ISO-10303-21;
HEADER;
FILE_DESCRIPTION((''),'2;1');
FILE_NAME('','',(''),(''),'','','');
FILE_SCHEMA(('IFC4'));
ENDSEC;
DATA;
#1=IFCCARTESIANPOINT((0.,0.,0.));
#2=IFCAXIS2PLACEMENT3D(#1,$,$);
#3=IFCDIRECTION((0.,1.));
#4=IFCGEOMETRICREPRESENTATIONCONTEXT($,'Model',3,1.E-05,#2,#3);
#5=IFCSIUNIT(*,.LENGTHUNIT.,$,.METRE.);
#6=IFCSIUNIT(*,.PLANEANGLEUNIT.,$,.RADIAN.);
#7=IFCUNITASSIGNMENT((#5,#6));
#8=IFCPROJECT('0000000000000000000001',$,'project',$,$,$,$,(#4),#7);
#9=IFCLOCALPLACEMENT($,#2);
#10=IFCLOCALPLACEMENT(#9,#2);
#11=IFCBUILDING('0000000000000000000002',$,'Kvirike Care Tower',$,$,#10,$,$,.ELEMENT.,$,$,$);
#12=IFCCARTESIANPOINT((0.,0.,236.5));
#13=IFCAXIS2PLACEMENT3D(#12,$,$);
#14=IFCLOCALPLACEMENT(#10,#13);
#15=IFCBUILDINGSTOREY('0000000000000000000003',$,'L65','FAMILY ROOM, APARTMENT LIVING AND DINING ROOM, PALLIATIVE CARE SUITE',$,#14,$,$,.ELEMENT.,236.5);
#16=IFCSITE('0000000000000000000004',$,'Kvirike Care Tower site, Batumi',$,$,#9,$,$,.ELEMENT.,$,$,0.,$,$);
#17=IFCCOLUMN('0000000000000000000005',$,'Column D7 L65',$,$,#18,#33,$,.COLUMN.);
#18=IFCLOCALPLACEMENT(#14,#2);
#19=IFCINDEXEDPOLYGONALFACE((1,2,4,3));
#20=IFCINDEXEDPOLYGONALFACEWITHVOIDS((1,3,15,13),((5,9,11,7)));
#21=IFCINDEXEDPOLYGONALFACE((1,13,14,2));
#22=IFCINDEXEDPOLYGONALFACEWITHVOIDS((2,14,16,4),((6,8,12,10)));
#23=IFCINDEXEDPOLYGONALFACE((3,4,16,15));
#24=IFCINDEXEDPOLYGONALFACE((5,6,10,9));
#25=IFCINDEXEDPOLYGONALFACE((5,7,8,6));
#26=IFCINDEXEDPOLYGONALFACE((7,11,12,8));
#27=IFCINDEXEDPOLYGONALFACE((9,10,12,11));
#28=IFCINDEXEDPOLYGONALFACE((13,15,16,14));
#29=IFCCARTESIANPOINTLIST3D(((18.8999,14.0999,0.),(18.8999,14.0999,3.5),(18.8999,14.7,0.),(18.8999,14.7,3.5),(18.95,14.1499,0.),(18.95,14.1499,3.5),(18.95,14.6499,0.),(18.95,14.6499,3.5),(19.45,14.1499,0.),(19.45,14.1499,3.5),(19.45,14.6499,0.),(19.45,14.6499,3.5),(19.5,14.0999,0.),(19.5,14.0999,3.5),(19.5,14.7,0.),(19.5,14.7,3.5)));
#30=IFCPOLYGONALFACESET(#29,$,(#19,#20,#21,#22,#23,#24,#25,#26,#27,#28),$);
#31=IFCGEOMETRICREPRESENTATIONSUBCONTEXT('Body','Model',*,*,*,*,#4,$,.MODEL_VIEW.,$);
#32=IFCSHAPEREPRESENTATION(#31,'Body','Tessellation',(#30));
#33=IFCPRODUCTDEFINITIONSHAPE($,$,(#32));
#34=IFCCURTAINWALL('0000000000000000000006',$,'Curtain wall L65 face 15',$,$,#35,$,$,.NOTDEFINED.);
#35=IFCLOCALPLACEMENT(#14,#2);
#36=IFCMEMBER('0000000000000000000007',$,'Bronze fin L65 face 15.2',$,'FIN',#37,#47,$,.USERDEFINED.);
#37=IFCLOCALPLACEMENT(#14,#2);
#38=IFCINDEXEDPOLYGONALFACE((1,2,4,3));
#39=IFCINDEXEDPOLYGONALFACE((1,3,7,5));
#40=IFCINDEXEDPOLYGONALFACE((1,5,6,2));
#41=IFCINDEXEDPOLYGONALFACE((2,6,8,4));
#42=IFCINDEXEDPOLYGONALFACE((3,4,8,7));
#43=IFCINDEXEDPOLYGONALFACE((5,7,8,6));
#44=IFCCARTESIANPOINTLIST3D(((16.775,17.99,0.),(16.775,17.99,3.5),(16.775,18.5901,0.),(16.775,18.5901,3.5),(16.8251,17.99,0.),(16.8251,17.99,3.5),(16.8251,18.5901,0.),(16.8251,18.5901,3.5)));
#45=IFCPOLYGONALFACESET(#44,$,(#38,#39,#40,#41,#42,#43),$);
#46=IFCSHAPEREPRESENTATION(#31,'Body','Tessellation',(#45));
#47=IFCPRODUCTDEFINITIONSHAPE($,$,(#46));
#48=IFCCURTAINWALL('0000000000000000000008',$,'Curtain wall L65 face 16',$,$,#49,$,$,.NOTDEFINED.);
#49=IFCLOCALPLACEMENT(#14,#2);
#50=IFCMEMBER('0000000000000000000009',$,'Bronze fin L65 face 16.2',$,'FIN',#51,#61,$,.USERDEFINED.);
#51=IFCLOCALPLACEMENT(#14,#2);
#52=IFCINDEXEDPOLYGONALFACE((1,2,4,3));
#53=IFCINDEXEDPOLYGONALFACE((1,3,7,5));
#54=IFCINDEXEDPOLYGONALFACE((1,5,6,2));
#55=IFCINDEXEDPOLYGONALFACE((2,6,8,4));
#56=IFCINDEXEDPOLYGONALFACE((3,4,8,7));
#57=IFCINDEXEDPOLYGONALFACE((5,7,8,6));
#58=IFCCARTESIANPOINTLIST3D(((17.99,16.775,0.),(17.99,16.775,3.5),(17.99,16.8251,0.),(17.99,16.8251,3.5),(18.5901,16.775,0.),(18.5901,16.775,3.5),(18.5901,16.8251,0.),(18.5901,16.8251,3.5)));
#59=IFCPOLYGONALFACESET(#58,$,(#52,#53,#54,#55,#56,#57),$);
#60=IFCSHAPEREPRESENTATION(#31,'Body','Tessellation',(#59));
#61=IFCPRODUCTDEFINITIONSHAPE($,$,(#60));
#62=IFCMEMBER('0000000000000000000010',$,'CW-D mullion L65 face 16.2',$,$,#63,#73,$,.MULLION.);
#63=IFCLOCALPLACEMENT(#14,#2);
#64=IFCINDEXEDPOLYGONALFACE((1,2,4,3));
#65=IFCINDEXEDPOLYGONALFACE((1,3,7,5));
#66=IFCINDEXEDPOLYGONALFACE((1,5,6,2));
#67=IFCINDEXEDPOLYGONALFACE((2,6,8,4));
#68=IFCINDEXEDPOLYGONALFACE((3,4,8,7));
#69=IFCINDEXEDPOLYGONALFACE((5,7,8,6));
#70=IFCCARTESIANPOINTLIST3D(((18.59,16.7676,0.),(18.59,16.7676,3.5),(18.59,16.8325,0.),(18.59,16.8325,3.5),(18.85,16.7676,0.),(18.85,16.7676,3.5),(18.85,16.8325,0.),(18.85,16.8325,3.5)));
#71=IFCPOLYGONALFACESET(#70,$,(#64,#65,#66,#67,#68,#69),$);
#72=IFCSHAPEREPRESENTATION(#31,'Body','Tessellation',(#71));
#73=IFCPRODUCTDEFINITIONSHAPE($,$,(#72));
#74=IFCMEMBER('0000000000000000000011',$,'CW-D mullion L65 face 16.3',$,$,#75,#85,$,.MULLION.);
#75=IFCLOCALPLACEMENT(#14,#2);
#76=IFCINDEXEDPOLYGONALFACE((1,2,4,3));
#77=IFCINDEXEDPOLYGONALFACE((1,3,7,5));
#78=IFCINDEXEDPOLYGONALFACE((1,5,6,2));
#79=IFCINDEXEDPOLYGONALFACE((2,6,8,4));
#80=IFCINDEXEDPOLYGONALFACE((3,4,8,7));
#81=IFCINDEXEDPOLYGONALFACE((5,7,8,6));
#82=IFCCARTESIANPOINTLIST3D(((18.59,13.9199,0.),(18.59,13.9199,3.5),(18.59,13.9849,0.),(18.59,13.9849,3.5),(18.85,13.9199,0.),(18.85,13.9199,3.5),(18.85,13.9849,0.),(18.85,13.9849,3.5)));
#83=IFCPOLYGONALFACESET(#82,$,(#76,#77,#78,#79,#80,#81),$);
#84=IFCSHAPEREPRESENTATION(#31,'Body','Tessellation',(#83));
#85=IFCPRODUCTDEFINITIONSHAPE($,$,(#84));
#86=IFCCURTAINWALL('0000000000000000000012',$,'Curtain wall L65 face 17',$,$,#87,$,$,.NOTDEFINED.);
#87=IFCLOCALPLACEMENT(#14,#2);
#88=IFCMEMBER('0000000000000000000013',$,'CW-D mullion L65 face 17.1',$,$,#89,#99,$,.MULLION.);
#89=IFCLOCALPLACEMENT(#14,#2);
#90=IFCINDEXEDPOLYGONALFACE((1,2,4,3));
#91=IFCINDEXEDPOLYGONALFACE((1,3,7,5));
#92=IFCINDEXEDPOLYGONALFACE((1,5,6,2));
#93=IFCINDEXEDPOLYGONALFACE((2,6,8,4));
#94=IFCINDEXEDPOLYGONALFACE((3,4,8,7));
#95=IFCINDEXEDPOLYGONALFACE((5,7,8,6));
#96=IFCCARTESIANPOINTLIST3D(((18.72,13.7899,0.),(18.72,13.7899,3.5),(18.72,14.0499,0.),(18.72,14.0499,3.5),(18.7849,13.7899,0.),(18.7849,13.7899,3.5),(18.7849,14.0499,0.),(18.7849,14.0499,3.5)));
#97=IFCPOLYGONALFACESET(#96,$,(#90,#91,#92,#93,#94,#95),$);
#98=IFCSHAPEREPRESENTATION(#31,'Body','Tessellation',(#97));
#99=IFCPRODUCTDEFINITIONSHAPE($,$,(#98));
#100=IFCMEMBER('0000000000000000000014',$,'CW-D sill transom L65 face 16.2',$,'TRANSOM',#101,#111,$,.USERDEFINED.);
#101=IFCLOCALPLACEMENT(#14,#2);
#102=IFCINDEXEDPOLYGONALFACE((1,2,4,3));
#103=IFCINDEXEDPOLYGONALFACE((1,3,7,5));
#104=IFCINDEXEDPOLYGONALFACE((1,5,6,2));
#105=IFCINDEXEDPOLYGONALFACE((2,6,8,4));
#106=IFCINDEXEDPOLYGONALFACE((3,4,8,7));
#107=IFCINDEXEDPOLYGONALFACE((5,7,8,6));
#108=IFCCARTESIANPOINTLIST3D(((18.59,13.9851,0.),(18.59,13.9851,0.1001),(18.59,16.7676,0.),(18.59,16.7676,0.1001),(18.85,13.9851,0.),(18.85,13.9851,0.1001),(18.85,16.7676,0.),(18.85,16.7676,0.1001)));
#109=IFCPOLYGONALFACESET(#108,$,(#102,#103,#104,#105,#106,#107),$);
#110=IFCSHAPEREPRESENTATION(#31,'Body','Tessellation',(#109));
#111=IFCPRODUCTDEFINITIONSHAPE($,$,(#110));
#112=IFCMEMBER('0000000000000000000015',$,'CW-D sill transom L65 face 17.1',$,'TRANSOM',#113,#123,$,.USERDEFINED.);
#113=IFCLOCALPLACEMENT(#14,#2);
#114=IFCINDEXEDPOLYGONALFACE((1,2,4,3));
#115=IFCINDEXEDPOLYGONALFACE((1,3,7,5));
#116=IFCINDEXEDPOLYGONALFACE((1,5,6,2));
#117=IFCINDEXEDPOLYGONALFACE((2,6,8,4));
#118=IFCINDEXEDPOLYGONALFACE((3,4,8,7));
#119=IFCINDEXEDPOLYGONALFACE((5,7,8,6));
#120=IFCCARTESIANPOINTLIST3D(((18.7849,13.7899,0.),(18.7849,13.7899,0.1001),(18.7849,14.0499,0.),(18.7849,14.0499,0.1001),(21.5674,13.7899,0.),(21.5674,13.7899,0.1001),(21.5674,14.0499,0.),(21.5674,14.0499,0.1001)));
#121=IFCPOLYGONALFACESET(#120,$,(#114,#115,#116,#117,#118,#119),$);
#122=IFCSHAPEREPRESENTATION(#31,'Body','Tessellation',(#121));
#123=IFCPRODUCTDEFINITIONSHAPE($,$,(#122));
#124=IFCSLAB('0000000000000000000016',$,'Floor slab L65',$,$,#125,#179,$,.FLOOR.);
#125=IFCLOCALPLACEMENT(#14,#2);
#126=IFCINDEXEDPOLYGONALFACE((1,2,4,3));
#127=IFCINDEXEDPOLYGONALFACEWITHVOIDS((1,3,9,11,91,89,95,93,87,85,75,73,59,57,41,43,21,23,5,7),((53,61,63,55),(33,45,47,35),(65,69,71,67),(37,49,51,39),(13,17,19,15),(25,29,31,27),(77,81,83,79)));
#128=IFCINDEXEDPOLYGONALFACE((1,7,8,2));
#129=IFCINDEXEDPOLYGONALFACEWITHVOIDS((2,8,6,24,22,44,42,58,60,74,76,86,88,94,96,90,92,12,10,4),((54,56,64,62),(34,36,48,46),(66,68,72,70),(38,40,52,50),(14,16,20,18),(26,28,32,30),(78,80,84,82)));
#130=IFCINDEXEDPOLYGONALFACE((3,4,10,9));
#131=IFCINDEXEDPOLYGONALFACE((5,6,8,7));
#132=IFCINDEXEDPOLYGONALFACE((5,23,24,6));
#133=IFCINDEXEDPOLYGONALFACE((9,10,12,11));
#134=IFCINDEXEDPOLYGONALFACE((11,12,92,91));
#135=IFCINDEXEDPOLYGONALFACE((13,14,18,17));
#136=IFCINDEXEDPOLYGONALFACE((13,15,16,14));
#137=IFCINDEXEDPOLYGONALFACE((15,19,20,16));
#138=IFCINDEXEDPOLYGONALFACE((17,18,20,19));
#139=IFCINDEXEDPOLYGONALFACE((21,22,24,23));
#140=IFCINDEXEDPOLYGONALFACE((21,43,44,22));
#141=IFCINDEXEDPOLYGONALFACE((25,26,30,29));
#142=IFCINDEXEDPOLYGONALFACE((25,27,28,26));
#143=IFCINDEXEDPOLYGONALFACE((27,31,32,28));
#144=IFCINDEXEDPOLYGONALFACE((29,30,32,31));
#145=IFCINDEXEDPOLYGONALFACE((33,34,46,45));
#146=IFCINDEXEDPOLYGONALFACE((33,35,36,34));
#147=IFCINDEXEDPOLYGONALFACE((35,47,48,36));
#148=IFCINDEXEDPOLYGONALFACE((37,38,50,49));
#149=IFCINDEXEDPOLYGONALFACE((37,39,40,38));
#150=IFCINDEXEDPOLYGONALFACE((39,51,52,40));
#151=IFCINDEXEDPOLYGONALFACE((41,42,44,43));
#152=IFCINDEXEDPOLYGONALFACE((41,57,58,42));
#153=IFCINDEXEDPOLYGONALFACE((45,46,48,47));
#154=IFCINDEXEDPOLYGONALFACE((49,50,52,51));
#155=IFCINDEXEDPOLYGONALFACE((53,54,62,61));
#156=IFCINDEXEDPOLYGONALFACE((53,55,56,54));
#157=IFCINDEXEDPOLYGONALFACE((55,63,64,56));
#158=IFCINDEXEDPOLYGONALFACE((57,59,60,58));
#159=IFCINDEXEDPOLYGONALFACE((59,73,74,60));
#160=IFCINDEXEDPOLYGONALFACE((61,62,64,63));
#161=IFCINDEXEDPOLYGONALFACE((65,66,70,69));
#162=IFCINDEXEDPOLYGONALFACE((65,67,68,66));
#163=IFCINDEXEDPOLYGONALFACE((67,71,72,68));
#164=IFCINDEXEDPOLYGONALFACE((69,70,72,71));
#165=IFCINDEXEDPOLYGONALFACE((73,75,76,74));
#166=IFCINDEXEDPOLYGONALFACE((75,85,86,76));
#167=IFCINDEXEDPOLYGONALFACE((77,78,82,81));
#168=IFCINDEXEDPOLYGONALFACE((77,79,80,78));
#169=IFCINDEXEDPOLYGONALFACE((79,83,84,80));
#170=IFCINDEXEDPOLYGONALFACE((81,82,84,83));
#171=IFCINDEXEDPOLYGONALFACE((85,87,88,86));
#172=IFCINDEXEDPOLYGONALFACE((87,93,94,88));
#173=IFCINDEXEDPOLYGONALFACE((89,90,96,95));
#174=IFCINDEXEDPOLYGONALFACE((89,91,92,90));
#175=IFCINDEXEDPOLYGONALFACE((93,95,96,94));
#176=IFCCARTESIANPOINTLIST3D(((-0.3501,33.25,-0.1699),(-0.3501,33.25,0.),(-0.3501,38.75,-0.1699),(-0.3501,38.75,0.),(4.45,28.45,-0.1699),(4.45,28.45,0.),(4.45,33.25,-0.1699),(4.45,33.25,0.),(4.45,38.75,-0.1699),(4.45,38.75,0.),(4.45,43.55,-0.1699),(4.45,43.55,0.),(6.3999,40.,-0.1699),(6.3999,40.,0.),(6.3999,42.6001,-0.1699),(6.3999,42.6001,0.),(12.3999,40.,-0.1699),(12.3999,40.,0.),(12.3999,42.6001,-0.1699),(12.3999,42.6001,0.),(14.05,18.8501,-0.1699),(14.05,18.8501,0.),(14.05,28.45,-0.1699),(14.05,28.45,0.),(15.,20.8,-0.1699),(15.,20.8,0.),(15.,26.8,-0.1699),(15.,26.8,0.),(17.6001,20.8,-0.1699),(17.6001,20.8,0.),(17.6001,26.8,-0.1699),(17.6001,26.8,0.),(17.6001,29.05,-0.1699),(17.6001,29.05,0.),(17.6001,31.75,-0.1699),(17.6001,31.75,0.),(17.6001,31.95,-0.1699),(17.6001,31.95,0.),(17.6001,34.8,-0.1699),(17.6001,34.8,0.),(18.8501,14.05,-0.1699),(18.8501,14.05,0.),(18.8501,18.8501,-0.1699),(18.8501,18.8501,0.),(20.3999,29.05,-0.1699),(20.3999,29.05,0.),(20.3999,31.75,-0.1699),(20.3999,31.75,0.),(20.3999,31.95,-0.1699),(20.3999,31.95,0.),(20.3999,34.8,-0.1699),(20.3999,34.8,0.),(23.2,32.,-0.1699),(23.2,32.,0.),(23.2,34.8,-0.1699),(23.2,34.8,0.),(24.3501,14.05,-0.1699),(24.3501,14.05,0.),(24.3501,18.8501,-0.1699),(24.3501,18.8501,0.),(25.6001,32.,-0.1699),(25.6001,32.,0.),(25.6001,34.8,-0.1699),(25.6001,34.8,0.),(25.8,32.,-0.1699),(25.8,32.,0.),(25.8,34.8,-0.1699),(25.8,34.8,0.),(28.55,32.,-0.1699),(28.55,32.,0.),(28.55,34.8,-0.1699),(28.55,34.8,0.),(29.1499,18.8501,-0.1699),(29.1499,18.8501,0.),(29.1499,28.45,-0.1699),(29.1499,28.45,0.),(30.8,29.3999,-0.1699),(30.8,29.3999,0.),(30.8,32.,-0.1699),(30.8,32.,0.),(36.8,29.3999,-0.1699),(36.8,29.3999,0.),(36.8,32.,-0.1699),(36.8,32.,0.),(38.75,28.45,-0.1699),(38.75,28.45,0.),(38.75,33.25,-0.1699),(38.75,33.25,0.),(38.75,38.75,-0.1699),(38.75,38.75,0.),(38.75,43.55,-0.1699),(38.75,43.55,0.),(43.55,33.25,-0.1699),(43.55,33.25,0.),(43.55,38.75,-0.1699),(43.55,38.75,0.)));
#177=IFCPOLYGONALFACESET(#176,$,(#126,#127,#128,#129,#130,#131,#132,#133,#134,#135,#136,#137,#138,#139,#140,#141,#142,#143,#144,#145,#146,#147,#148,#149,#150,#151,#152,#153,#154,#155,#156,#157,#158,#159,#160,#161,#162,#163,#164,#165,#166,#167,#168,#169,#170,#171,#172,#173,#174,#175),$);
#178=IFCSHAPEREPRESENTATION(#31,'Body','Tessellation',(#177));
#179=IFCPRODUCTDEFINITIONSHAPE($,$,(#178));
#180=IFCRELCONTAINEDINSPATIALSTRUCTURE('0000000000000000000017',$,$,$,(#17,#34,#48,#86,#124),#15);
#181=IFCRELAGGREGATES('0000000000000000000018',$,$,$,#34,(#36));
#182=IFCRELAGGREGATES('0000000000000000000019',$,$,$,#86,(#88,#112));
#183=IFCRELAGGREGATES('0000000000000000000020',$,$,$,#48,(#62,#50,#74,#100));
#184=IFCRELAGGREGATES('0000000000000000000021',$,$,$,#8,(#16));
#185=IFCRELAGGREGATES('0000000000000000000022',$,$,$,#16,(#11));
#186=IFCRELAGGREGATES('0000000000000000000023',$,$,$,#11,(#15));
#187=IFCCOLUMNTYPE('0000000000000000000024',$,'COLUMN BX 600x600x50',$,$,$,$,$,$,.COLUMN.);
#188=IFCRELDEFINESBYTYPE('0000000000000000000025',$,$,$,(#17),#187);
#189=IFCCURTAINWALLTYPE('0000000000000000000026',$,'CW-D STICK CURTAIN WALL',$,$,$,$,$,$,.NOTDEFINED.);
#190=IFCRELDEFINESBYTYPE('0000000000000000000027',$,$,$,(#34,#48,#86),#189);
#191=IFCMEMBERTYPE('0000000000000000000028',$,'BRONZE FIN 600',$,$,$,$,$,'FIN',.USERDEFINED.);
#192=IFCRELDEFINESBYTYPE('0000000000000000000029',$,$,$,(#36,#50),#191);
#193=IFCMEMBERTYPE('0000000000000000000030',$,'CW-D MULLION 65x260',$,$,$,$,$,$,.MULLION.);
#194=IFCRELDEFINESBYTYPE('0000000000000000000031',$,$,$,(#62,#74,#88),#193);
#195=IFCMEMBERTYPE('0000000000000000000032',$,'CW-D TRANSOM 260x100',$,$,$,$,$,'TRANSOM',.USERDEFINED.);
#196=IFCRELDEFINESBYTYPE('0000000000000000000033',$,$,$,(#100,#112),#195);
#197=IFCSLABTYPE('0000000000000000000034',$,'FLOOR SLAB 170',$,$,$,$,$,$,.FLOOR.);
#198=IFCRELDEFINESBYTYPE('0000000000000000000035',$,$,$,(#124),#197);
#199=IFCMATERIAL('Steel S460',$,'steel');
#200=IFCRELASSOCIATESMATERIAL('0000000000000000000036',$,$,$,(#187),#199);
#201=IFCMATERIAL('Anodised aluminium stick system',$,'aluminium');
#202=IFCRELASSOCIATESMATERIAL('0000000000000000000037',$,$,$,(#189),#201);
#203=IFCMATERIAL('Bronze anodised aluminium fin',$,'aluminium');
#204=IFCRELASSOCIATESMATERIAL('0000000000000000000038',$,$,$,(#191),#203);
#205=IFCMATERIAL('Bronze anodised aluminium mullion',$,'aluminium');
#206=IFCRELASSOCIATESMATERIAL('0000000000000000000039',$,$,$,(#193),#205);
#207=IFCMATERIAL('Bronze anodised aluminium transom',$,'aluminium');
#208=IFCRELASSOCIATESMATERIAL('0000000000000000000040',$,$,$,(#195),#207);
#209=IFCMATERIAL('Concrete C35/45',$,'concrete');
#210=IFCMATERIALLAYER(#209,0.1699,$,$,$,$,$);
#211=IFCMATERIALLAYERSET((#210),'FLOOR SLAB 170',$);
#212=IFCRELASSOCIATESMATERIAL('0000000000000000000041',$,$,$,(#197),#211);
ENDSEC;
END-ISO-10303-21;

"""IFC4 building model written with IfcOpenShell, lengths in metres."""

from ifc_helpers import new_model, si_unit, direction, frame, origin, origin_2d, place, context, subcontext, project, spatial, polyline, rectangle, hollow_rectangle, outline, extrude, material, layer, layer_set, material_profile, profile_set, type_object, element, aggregate, save


model = new_model("IFC4")

# Units and contexts
model_context = context("Model", 3, precision=1e-05, world=origin(), true_north=direction((0.0, 1.0)))
body_context = subcontext(model_context, "Body", "Model", "MODEL_VIEW")
ifc_project = project(units=[si_unit("LENGTHUNIT", "METRE"), si_unit("PLANEANGLEUNIT", "RADIAN")], contexts=[model_context])

# Site, building, storey
site_placement = place(None, origin())
site = spatial("IfcSite", under=ifc_project, at=site_placement, Name="Kvirike Care Tower site, Batumi", CompositionType="ELEMENT", RefElevation=0.0)
building_placement = place(site_placement, origin())
building = spatial("IfcBuilding", under=site, at=building_placement, Name="Kvirike Care Tower", CompositionType="ELEMENT")
storey_placement = place(building_placement, frame((0.0, 0.0, 236.5)))
storey = spatial("IfcBuildingStorey", under=building, at=storey_placement, Name="L65", Description="FAMILY ROOM, APARTMENT LIVING AND DINING ROOM, PALLIATIVE CARE SUITE", CompositionType="ELEMENT", Elevation=236.5)

# Column
ifc_material_1 = material(Name="Steel S460", Category="steel")
ifc_material_profile_1 = material_profile(ifc_material_1, hollow_rectangle(XDim=0.6001, YDim=0.6001, WallThickness=0.05, at=origin_2d()), Name="BX 600x600x50")
ifc_profile_set_1 = profile_set([ifc_material_profile_1], Name="Steel S460")
column_type = type_object("IfcColumnType", Name="COLUMN BX 600x600x50", PredefinedType="COLUMN", material=ifc_profile_set_1)
column_placement = place(storey_placement, frame((19.2, 14.3999, 0.0), z_axis=(0.0, 0.0, 1.0), x_axis=(0.0, 1.0, 0.0)))
element("IfcColumn", 1, at=column_placement, inside=storey, type_object=column_type, Name="Column D7 L65", PredefinedType="COLUMN", context=body_context, shape_type="SweptSolid", body=[
    extrude(hollow_rectangle(XDim=0.6001, YDim=0.6001, WallThickness=0.05, at=origin_2d()), origin(), (0.0, 0.0, 1.0), 3.5),
])

# Curtain wall, member
ifc_material_2 = material(Name="Anodised aluminium stick system", Category="aluminium")
curtain_wall_type = type_object("IfcCurtainWallType", Name="CW-D STICK CURTAIN WALL", PredefinedType="NOTDEFINED", material=ifc_material_2)
curtain_wall_1_placement = place(storey_placement, origin())
curtain_wall_1 = element("IfcCurtainWall", 2, at=curtain_wall_1_placement, inside=storey, type_object=curtain_wall_type, Name="Curtain wall L65 face 15", PredefinedType="NOTDEFINED")
ifc_material_3 = material(Name="Bronze anodised aluminium fin", Category="aluminium")
ifc_material_profile_2 = material_profile(ifc_material_3, rectangle(XDim=0.05, YDim=0.6001, at=origin_2d()), Name="BRONZE FIN 600")
ifc_profile_set_2 = profile_set([ifc_material_profile_2], Name="Bronze anodised aluminium fin")
member_type_1 = type_object("IfcMemberType", Name="BRONZE FIN 600", ElementType="FIN", PredefinedType="USERDEFINED", material=ifc_profile_set_2)
member_1_placement = place(storey_placement, frame((16.8, 18.29, 0.0), z_axis=(0.0, 0.0, 1.0), x_axis=(1.0, 0.0, 0.0)))
member_1 = element("IfcMember", 3, at=member_1_placement, type_object=member_type_1, Name="Bronze fin L65 face 15.2", ObjectType="FIN", PredefinedType="USERDEFINED", context=body_context, shape_type="SweptSolid", body=[
    extrude(rectangle(XDim=0.05, YDim=0.6001, at=origin_2d()), origin(), (0.0, 0.0, 1.0), 3.5),
])
aggregate(curtain_wall_1, [member_1])

# Curtain wall, members
curtain_wall_2_placement = place(storey_placement, origin())
curtain_wall_2 = element("IfcCurtainWall", 4, at=curtain_wall_2_placement, inside=storey, type_object=curtain_wall_type, Name="Curtain wall L65 face 16", PredefinedType="NOTDEFINED")
member_2_placement = place(storey_placement, frame((18.29, 16.8, 0.0), z_axis=(0.0, 0.0, 1.0), x_axis=(0.0, -1.0, 0.0)))
member_2 = element("IfcMember", 5, at=member_2_placement, type_object=member_type_1, Name="Bronze fin L65 face 16.2", ObjectType="FIN", PredefinedType="USERDEFINED", context=body_context, shape_type="SweptSolid", body=[
    extrude(rectangle(XDim=0.05, YDim=0.6001, at=origin_2d()), origin(), (0.0, 0.0, 1.0), 3.5),
])
ifc_material_4 = material(Name="Bronze anodised aluminium mullion", Category="aluminium")
ifc_material_profile_3 = material_profile(ifc_material_4, rectangle(XDim=0.0649, YDim=0.26, at=origin_2d()), Name="CW-D MULLION 65x260")
ifc_profile_set_3 = profile_set([ifc_material_profile_3], Name="Bronze anodised aluminium mullion")
member_type_2 = type_object("IfcMemberType", Name="CW-D MULLION 65x260", PredefinedType="MULLION", material=ifc_profile_set_3)
member_3_placement = place(storey_placement, frame((18.72, 16.8, 0.0), z_axis=(0.0, 0.0, 1.0), x_axis=(0.0, -1.0, 0.0)))
member_3 = element("IfcMember", 6, at=member_3_placement, type_object=member_type_2, Name="CW-D mullion L65 face 16.2", PredefinedType="MULLION", context=body_context, shape_type="SweptSolid", body=[
    extrude(rectangle(XDim=0.0649, YDim=0.26, at=origin_2d()), origin(), (0.0, 0.0, 1.0), 3.5),
])
member_4_placement = place(storey_placement, frame((18.72, 13.9524, 0.0), z_axis=(0.0, 0.0, 1.0), x_axis=(0.0, -1.0, 0.0)))
member_4 = element("IfcMember", 7, at=member_4_placement, type_object=member_type_2, Name="CW-D mullion L65 face 16.3", PredefinedType="MULLION", context=body_context, shape_type="SweptSolid", body=[
    extrude(rectangle(XDim=0.0649, YDim=0.26, at=origin_2d()), origin(), (0.0, 0.0, 1.0), 3.5),
])

# Curtain wall, member
curtain_wall_3_placement = place(storey_placement, origin())
curtain_wall_3 = element("IfcCurtainWall", 8, at=curtain_wall_3_placement, inside=storey, type_object=curtain_wall_type, Name="Curtain wall L65 face 17", PredefinedType="NOTDEFINED")
member_5_placement = place(storey_placement, frame((18.7524, 13.9199, 0.0), z_axis=(0.0, 0.0, 1.0), x_axis=(1.0, 0.0, 0.0)))
member_5 = element("IfcMember", 9, at=member_5_placement, type_object=member_type_2, Name="CW-D mullion L65 face 17.1", PredefinedType="MULLION", context=body_context, shape_type="SweptSolid", body=[
    extrude(rectangle(XDim=0.0649, YDim=0.26, at=origin_2d()), origin(), (0.0, 0.0, 1.0), 3.5),
])

# Members
ifc_material_5 = material(Name="Bronze anodised aluminium transom", Category="aluminium")
ifc_material_profile_4 = material_profile(ifc_material_5, rectangle(XDim=0.26, YDim=0.1001, at=origin_2d()), Name="CW-D TRANSOM 260x100")
ifc_profile_set_4 = profile_set([ifc_material_profile_4], Name="Bronze anodised aluminium transom")
member_type_3 = type_object("IfcMemberType", Name="CW-D TRANSOM 260x100", ElementType="TRANSOM", PredefinedType="USERDEFINED", material=ifc_profile_set_4)
member_6_placement = place(storey_placement, frame((18.72, 16.7676, 0.05), z_axis=(0.0, -1.0, 0.0), x_axis=(1.0, 0.0, 0.0)))
member_6 = element("IfcMember", 10, at=member_6_placement, type_object=member_type_3, Name="CW-D sill transom L65 face 16.2", ObjectType="TRANSOM", PredefinedType="USERDEFINED", context=body_context, shape_type="SweptSolid", body=[
    extrude(rectangle(XDim=0.26, YDim=0.1001, at=origin_2d()), origin(), (0.0, 0.0, 1.0), 2.7825),
])
member_7_placement = place(storey_placement, frame((18.7849, 13.9199, 0.05), z_axis=(1.0, 0.0, 0.0), x_axis=(0.0, 1.0, 0.0)))
member_7 = element("IfcMember", 11, at=member_7_placement, type_object=member_type_3, Name="CW-D sill transom L65 face 17.1", ObjectType="TRANSOM", PredefinedType="USERDEFINED", context=body_context, shape_type="SweptSolid", body=[
    extrude(rectangle(XDim=0.26, YDim=0.1001, at=origin_2d()), origin(), (0.0, 0.0, 1.0), 2.7825),
])
aggregate(curtain_wall_3, [member_5, member_7])

# Slab
ifc_material_6 = material(Name="Concrete C35/45", Category="concrete")
ifc_layer_1 = layer(ifc_material_6, 0.1699)
ifc_layer_set_1 = layer_set([ifc_layer_1], Name="FLOOR SLAB 170")
slab_type_1 = type_object("IfcSlabType", Name="FLOOR SLAB 170", PredefinedType="FLOOR", material=ifc_layer_set_1)
slab_1_placement = place(storey_placement, frame((0.0, 0.0, -0.1699)))
element("IfcSlab", 12, at=slab_1_placement, inside=storey, type_object=slab_type_1, Name="Floor slab L65", PredefinedType="FLOOR", context=body_context, shape_type="SweptSolid", body=[
    extrude(outline(polyline([(29.1499, 28.45), (38.75, 28.45), (38.75, 33.25), (43.55, 33.25), (43.55, 38.75), (38.75, 38.75), (38.75, 43.55), (4.45, 43.55), (4.45, 38.75), (-0.3501, 38.75), (-0.3501, 33.25), (4.45, 33.25), (4.45, 28.45), (14.05, 28.45), (14.05, 18.8501), (18.8501, 18.8501), (18.8501, 14.05), (24.3501, 14.05), (24.3501, 18.8501), (29.1499, 18.8501), (29.1499, 28.45)]), holes=[polyline([(17.6001, 29.05), (17.6001, 31.75), (20.3999, 31.75), (20.3999, 29.05), (17.6001, 29.05)]), polyline([(17.6001, 31.95), (17.6001, 34.8), (20.3999, 34.8), (20.3999, 31.95), (17.6001, 31.95)]), polyline([(23.2, 32.0), (23.2, 34.8), (25.6001, 34.8), (25.6001, 32.0), (23.2, 32.0)]), polyline([(25.8, 32.0), (25.8, 34.8), (28.55, 34.8), (28.55, 32.0), (25.8, 32.0)]), polyline([(12.3999, 42.6001), (12.3999, 40.0), (6.3999, 40.0), (6.3999, 42.6001), (12.3999, 42.6001)]), polyline([(30.8, 29.3999), (30.8, 32.0), (36.8, 32.0), (36.8, 29.3999), (30.8, 29.3999)]), polyline([(15.0, 26.8), (17.6001, 26.8), (17.6001, 20.8), (15.0, 20.8), (15.0, 26.8)])]), origin(), (0.0, 0.0, 1.0), 0.1699),
])

aggregate(curtain_wall_2, [member_3, member_2, member_4, member_6])

save(model, "model.ifc")
